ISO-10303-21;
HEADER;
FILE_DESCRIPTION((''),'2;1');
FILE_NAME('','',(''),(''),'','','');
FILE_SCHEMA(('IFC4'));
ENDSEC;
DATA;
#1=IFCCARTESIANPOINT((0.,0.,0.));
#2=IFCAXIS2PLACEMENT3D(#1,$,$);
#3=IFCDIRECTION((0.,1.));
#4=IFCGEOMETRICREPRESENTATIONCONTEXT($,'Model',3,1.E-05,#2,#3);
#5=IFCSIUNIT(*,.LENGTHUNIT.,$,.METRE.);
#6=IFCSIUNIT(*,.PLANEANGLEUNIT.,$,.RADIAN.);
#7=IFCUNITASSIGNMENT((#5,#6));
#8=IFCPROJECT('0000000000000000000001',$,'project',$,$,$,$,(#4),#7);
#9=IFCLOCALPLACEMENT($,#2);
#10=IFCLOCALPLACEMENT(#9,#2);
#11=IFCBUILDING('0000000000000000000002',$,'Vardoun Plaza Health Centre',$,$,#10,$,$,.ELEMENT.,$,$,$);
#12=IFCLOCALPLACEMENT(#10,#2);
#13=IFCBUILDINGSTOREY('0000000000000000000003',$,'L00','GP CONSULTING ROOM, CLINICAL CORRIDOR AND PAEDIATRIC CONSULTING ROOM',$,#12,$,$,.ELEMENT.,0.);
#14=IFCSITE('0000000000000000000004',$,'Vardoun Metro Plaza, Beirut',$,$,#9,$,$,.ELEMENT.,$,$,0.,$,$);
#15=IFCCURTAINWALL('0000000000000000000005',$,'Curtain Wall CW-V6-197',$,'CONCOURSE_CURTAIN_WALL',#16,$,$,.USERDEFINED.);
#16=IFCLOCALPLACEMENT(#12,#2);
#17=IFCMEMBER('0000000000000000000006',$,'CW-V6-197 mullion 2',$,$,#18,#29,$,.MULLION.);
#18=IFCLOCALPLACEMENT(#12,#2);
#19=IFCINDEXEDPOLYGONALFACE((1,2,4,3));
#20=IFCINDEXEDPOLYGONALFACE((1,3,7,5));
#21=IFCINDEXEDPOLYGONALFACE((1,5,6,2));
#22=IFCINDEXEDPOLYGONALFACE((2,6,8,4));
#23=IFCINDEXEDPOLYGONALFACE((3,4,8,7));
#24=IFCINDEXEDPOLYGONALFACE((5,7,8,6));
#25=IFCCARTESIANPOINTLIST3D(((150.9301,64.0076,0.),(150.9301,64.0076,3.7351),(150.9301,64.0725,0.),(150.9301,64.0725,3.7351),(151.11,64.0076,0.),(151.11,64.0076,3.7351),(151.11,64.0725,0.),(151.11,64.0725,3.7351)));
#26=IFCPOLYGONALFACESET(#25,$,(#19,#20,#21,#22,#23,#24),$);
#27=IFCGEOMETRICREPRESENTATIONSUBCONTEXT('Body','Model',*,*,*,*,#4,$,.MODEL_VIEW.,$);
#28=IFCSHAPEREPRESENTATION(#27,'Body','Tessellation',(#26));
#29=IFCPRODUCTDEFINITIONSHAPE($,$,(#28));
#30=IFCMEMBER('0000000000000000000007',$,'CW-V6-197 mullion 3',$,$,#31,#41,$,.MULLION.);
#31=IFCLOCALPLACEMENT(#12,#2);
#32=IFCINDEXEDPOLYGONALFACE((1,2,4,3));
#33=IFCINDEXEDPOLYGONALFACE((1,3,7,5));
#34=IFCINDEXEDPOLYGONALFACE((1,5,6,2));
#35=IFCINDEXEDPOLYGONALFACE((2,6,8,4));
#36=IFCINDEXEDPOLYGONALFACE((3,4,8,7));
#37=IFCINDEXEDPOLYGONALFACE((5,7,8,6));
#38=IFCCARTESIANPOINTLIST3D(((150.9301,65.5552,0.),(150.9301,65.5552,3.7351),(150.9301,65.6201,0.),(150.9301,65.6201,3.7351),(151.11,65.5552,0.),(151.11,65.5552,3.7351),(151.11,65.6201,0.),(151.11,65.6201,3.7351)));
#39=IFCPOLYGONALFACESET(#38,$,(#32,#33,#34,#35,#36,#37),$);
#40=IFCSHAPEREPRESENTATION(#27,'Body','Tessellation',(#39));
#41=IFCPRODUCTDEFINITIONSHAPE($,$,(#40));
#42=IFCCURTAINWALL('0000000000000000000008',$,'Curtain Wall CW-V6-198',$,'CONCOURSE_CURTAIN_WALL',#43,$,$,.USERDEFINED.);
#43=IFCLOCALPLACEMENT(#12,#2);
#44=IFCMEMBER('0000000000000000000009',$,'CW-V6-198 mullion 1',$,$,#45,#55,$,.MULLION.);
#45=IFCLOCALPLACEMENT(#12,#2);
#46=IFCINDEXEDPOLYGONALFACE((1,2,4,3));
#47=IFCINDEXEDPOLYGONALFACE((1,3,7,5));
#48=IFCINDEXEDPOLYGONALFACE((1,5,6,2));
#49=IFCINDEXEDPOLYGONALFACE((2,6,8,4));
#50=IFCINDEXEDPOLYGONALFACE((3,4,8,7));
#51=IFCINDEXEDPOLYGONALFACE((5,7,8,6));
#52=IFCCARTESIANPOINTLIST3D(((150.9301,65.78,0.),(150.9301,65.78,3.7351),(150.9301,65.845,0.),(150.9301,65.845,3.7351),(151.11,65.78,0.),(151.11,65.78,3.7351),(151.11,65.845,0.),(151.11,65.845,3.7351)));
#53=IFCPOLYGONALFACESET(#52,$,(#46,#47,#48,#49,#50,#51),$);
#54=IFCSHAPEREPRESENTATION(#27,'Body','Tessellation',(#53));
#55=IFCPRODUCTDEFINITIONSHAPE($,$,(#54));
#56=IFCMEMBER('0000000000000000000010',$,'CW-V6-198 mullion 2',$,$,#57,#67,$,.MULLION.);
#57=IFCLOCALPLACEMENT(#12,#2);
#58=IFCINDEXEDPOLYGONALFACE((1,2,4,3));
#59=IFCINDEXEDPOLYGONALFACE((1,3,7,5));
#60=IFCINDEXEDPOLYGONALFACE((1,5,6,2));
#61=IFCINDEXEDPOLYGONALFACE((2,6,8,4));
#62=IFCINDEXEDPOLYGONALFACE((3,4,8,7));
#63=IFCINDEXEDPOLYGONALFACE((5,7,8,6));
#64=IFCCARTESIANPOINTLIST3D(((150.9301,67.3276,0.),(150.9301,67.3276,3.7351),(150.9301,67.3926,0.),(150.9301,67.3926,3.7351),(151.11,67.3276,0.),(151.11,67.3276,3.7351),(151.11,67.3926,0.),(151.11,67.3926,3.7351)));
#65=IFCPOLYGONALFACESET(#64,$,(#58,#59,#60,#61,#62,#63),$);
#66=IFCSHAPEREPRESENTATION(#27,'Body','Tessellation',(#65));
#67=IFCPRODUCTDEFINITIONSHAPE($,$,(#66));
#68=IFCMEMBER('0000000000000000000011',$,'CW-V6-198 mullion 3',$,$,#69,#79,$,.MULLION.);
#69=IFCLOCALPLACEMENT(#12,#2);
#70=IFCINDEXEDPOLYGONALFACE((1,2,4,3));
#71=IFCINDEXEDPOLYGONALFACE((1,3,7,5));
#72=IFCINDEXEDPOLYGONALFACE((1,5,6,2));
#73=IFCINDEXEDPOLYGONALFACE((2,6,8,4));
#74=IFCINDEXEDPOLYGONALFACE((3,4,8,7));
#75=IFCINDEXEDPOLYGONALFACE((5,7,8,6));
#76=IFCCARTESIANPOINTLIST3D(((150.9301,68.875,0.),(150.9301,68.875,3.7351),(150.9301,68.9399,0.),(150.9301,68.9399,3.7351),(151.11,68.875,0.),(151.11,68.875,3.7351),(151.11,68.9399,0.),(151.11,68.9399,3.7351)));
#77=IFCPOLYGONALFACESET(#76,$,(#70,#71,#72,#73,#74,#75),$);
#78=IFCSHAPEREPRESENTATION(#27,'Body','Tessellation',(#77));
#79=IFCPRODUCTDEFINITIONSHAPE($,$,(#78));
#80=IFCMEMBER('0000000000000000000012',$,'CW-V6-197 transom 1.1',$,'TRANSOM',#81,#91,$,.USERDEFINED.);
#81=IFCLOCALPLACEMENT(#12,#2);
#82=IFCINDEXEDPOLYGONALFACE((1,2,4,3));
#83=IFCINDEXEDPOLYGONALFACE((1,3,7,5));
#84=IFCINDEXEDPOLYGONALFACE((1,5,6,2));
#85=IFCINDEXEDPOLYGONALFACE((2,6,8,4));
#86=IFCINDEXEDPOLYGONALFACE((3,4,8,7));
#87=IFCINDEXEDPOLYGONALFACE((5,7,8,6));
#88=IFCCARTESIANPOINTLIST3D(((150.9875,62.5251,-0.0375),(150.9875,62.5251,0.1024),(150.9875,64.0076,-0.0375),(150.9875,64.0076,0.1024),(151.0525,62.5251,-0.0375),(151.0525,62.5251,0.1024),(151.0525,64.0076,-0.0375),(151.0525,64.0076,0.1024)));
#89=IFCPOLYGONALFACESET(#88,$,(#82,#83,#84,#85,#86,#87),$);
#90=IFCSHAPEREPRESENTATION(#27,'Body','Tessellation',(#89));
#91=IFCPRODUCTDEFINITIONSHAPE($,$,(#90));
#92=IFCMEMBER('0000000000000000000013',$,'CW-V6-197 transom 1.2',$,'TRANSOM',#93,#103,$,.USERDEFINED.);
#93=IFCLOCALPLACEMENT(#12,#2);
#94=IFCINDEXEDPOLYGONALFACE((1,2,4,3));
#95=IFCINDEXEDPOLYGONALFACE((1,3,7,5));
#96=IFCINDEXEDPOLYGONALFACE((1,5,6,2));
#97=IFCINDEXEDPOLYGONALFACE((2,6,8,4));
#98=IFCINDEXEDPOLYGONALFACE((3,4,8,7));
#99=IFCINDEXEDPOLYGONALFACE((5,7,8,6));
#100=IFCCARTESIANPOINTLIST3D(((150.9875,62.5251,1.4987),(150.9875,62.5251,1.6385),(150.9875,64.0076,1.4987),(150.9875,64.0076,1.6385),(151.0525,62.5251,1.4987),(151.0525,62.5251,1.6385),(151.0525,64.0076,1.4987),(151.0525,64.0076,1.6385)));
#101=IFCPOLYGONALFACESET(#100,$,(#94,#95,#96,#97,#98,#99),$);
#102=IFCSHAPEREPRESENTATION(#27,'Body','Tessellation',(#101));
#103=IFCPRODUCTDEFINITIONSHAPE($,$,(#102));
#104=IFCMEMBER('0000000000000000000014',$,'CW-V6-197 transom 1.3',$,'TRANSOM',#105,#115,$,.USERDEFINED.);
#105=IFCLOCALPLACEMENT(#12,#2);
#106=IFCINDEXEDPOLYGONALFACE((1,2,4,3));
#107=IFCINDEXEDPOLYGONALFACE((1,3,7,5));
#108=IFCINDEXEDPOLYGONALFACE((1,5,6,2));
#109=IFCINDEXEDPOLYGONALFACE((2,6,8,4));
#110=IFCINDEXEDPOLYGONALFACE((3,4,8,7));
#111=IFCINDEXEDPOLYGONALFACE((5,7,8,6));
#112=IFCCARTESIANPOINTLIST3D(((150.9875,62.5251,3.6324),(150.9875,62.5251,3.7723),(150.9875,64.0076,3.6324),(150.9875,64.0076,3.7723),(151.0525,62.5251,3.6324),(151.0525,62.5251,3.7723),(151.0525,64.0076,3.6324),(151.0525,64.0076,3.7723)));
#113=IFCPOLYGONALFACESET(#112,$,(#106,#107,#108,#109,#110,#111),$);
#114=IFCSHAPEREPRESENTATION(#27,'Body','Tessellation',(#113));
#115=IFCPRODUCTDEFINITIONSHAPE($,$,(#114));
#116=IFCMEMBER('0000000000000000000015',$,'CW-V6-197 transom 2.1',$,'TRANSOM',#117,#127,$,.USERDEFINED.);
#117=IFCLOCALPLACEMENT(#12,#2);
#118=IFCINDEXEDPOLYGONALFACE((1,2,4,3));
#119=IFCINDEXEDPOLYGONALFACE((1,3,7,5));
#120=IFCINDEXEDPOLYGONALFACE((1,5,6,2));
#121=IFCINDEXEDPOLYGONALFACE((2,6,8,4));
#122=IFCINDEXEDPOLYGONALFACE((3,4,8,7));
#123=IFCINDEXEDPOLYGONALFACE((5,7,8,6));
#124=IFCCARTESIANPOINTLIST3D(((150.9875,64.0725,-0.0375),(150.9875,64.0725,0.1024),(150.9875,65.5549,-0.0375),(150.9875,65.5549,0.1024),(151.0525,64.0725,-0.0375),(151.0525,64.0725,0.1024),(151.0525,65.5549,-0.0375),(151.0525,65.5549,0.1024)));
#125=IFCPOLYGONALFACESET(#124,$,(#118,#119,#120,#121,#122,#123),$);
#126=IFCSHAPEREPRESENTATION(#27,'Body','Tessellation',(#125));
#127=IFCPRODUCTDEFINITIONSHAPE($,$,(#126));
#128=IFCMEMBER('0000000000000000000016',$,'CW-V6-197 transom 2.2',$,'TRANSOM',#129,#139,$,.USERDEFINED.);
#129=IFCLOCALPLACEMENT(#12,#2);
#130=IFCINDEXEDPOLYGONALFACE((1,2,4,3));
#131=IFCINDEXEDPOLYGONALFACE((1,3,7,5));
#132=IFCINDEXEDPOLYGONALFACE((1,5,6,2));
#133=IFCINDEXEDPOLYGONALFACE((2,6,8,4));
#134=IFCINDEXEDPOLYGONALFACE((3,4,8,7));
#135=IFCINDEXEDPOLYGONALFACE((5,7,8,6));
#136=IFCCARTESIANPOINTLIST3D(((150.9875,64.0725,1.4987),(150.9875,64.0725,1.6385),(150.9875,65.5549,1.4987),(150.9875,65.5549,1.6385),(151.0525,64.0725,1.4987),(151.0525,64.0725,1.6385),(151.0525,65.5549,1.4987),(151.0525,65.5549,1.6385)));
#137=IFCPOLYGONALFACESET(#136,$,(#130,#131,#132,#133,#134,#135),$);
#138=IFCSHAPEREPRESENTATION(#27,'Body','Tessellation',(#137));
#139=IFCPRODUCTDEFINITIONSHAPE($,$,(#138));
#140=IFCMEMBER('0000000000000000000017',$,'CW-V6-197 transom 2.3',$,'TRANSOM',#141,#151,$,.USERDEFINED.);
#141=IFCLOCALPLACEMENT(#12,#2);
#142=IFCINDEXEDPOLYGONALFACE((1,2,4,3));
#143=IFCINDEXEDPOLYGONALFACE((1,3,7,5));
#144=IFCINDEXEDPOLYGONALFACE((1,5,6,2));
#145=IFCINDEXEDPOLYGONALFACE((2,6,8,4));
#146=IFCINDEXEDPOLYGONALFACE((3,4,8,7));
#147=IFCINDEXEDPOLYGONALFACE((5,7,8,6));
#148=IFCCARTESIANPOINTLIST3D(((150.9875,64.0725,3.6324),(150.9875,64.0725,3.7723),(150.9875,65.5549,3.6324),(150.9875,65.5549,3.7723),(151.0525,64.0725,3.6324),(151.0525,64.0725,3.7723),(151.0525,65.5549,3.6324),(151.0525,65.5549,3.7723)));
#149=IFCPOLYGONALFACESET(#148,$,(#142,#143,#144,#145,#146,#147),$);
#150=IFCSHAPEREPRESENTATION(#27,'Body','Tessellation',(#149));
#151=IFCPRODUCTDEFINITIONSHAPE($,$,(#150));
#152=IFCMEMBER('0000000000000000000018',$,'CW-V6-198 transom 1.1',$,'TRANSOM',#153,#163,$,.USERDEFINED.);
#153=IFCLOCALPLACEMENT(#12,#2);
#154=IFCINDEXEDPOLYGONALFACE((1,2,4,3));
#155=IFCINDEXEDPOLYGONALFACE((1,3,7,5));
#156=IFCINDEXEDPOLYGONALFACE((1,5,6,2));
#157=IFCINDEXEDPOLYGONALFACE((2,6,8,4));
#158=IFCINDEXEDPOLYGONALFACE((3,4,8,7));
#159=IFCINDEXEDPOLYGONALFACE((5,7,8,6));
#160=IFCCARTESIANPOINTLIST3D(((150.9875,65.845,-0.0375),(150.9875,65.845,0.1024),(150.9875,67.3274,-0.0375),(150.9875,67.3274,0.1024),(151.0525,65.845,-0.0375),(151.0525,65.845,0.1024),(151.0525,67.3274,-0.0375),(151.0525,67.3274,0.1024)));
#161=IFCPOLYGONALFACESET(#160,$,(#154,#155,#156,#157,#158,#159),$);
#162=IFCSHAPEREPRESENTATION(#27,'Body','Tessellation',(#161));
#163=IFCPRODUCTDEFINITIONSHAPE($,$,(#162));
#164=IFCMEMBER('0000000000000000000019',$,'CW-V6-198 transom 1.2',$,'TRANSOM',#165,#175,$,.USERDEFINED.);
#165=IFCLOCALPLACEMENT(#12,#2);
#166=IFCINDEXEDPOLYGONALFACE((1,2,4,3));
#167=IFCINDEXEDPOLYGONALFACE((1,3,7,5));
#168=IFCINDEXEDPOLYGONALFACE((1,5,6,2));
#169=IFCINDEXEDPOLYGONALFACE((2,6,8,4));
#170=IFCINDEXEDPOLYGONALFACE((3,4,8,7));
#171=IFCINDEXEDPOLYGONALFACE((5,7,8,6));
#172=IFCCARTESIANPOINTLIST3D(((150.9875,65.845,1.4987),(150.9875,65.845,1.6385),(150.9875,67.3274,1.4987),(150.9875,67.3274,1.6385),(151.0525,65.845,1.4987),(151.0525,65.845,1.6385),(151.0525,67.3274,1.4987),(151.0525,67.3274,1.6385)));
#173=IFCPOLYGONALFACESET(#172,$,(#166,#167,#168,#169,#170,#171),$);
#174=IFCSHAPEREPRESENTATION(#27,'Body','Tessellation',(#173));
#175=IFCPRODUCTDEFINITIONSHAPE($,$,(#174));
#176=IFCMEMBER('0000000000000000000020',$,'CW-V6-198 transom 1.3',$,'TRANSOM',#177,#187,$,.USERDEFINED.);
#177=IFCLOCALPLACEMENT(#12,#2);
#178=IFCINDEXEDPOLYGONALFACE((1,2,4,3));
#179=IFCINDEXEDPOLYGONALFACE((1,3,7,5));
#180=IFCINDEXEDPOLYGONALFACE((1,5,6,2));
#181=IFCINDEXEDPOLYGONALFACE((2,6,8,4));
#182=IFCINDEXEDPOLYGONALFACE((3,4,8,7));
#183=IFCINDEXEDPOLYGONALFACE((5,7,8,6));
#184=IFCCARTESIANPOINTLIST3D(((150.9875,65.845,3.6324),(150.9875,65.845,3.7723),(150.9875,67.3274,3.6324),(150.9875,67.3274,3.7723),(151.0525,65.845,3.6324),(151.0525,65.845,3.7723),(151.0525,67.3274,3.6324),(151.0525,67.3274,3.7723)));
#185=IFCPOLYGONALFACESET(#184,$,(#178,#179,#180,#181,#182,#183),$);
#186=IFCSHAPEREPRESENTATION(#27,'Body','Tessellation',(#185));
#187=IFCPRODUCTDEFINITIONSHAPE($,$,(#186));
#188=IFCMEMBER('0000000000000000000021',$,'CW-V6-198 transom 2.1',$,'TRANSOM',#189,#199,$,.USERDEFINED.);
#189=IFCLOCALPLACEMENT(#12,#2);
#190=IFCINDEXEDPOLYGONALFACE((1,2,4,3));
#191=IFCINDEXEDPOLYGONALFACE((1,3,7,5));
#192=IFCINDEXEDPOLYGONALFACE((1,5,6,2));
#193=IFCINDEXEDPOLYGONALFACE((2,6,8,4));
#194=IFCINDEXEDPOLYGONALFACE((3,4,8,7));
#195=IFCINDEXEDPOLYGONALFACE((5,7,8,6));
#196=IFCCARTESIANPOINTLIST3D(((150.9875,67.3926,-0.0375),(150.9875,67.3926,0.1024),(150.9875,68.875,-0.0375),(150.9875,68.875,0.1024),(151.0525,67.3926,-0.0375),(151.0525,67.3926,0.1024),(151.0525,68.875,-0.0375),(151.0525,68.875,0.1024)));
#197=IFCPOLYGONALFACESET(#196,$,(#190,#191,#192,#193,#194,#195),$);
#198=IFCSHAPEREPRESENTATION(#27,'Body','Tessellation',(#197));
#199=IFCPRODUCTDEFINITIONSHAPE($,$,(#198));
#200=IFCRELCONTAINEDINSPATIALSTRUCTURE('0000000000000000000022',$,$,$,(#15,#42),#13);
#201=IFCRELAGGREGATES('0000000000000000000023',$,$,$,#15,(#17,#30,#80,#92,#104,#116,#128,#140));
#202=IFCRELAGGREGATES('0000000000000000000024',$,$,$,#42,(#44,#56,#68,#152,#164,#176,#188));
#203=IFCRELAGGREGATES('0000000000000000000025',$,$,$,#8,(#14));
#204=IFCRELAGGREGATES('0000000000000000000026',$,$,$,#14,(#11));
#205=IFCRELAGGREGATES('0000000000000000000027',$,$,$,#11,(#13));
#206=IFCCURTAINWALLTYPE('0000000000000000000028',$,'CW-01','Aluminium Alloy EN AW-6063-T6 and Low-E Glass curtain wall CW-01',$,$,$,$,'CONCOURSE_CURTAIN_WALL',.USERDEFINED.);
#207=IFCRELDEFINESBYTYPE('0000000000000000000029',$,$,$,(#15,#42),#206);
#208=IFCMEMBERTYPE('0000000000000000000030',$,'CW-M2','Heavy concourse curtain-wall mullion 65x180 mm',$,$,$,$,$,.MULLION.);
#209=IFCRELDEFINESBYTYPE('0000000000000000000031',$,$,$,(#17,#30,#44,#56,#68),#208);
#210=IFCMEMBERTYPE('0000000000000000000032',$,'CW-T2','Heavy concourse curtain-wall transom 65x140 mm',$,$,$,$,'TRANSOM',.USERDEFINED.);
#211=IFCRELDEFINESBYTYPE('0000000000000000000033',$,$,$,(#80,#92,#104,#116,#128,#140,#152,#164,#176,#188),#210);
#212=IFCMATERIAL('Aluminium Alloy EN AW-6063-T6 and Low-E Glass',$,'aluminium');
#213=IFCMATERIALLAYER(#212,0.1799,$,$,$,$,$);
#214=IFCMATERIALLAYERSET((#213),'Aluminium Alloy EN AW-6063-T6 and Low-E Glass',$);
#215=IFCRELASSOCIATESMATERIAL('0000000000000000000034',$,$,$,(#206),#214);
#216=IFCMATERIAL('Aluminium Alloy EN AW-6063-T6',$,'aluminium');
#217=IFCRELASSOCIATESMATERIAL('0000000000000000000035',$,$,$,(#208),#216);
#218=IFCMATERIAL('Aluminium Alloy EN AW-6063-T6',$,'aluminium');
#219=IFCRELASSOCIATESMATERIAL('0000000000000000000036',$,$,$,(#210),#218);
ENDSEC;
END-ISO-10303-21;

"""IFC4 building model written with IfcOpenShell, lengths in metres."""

from ifc_helpers import new_model, si_unit, direction, frame, origin, origin_2d, place, context, subcontext, project, spatial, rectangle, extrude, material, layer, layer_set, material_profile, profile_set, type_object, element, aggregate, save


model = new_model("IFC4")

# Units and contexts
model_context = context("Model", 3, precision=1e-05, world=origin(), true_north=direction((0.0, 1.0)))
body_context = subcontext(model_context, "Body", "Model", "MODEL_VIEW")
ifc_project = project(units=[si_unit("LENGTHUNIT", "METRE"), si_unit("PLANEANGLEUNIT", "RADIAN")], contexts=[model_context])

# Site, building, storey
site_placement = place(None, origin())
site = spatial("IfcSite", under=ifc_project, at=site_placement, Name="Vardoun Metro Plaza, Beirut", CompositionType="ELEMENT", RefElevation=0.0)
building_placement = place(site_placement, origin())
building = spatial("IfcBuilding", under=site, at=building_placement, Name="Vardoun Plaza Health Centre", CompositionType="ELEMENT")
storey_placement = place(building_placement, origin())
storey = spatial("IfcBuildingStorey", under=building, at=storey_placement, Name="L00", Description="GP CONSULTING ROOM, CLINICAL CORRIDOR AND PAEDIATRIC CONSULTING ROOM", CompositionType="ELEMENT", Elevation=0.0)

# Curtain walls, members
ifc_material_1 = material(Name="Aluminium Alloy EN AW-6063-T6 and Low-E Glass", Category="aluminium")
ifc_layer_1 = layer(ifc_material_1, 0.1799)
ifc_layer_set_1 = layer_set([ifc_layer_1], Name="Aluminium Alloy EN AW-6063-T6 and Low-E Glass")
curtain_wall_type = type_object("IfcCurtainWallType", Name="CW-01", Description="Aluminium Alloy EN AW-6063-T6 and Low-E Glass curtain wall CW-01", ElementType="CONCOURSE_CURTAIN_WALL", PredefinedType="USERDEFINED", material=ifc_layer_set_1)
curtain_wall_1_placement = place(storey_placement, origin())
curtain_wall_1 = element("IfcCurtainWall", 1, at=curtain_wall_1_placement, inside=storey, type_object=curtain_wall_type, Name="Curtain Wall CW-V6-197", ObjectType="CONCOURSE_CURTAIN_WALL", PredefinedType="USERDEFINED")
ifc_material_2 = material(Name="Aluminium Alloy EN AW-6063-T6", Category="aluminium")
ifc_material_profile_1 = material_profile(ifc_material_2, rectangle(XDim=0.1799, YDim=0.0649, at=origin_2d()), Name="CWM 65x180")
ifc_profile_set_1 = profile_set([ifc_material_profile_1], Name="Aluminium Alloy EN AW-6063-T6")
member_type_1 = type_object("IfcMemberType", Name="CW-M2", Description="Heavy concourse curtain-wall mullion 65x180 mm", PredefinedType="MULLION", material=ifc_profile_set_1)
member_1_placement = place(storey_placement, frame((151.02, 64.04, 0.0), z_axis=(0.0, 0.0, 1.0), x_axis=(-1.0, 0.0, 0.0)))
member_1 = element("IfcMember", 2, at=member_1_placement, type_object=member_type_1, Name="CW-V6-197 mullion 2", PredefinedType="MULLION", context=body_context, shape_type="SweptSolid", body=[
    extrude(rectangle(XDim=0.1799, YDim=0.0649, at=origin_2d()), origin(), (0.0, 0.0, 1.0), 3.7351),
])
member_2_placement = place(storey_placement, frame((151.02, 65.5876, 0.0), z_axis=(0.0, 0.0, 1.0), x_axis=(-1.0, 0.0, 0.0)))
member_2 = element("IfcMember", 3, at=member_2_placement, type_object=member_type_1, Name="CW-V6-197 mullion 3", PredefinedType="MULLION", context=body_context, shape_type="SweptSolid", body=[
    extrude(rectangle(XDim=0.1799, YDim=0.0649, at=origin_2d()), origin(), (0.0, 0.0, 1.0), 3.7351),
])
curtain_wall_2_placement = place(storey_placement, origin())
curtain_wall_2 = element("IfcCurtainWall", 4, at=curtain_wall_2_placement, inside=storey, type_object=curtain_wall_type, Name="Curtain Wall CW-V6-198", ObjectType="CONCOURSE_CURTAIN_WALL", PredefinedType="USERDEFINED")
member_3_placement = place(storey_placement, frame((151.02, 65.8125, 0.0), z_axis=(0.0, 0.0, 1.0), x_axis=(-1.0, 0.0, 0.0)))
member_3 = element("IfcMember", 5, at=member_3_placement, type_object=member_type_1, Name="CW-V6-198 mullion 1", PredefinedType="MULLION", context=body_context, shape_type="SweptSolid", body=[
    extrude(rectangle(XDim=0.1799, YDim=0.0649, at=origin_2d()), origin(), (0.0, 0.0, 1.0), 3.7351),
])
member_4_placement = place(storey_placement, frame((151.02, 67.3601, 0.0), z_axis=(0.0, 0.0, 1.0), x_axis=(-1.0, 0.0, 0.0)))
member_4 = element("IfcMember", 6, at=member_4_placement, type_object=member_type_1, Name="CW-V6-198 mullion 2", PredefinedType="MULLION", context=body_context, shape_type="SweptSolid", body=[
    extrude(rectangle(XDim=0.1799, YDim=0.0649, at=origin_2d()), origin(), (0.0, 0.0, 1.0), 3.7351),
])
member_5_placement = place(storey_placement, frame((151.02, 68.9075, 0.0), z_axis=(0.0, 0.0, 1.0), x_axis=(-1.0, 0.0, 0.0)))
member_5 = element("IfcMember", 7, at=member_5_placement, type_object=member_type_1, Name="CW-V6-198 mullion 3", PredefinedType="MULLION", context=body_context, shape_type="SweptSolid", body=[
    extrude(rectangle(XDim=0.1799, YDim=0.0649, at=origin_2d()), origin(), (0.0, 0.0, 1.0), 3.7351),
])

# Members
ifc_material_3 = material(Name="Aluminium Alloy EN AW-6063-T6", Category="aluminium")
ifc_material_profile_2 = material_profile(ifc_material_3, rectangle(XDim=0.0649, YDim=0.1399, at=origin_2d()), Name="CWT 65x140")
ifc_profile_set_2 = profile_set([ifc_material_profile_2], Name="Aluminium Alloy EN AW-6063-T6")
member_type_2 = type_object("IfcMemberType", Name="CW-T2", Description="Heavy concourse curtain-wall transom 65x140 mm", ElementType="TRANSOM", PredefinedType="USERDEFINED", material=ifc_profile_set_2)
member_6_placement = place(storey_placement, frame((151.02, 62.5251, 0.0325), z_axis=(0.0, 1.0, 0.0), x_axis=(-1.0, 0.0, 0.0)))
member_6 = element("IfcMember", 8, at=member_6_placement, type_object=member_type_2, Name="CW-V6-197 transom 1.1", ObjectType="TRANSOM", PredefinedType="USERDEFINED", context=body_context, shape_type="SweptSolid", body=[
    extrude(rectangle(XDim=0.0649, YDim=0.1399, at=origin_2d()), origin(), (0.0, 0.0, 1.0), 1.4824),
])
member_7_placement = place(storey_placement, frame((151.02, 62.5251, 1.5686), z_axis=(0.0, 1.0, 0.0), x_axis=(-1.0, 0.0, 0.0)))
member_7 = element("IfcMember", 9, at=member_7_placement, type_object=member_type_2, Name="CW-V6-197 transom 1.2", ObjectType="TRANSOM", PredefinedType="USERDEFINED", context=body_context, shape_type="SweptSolid", body=[
    extrude(rectangle(XDim=0.0649, YDim=0.1399, at=origin_2d()), origin(), (0.0, 0.0, 1.0), 1.4824),
])
member_8_placement = place(storey_placement, frame((151.02, 62.5251, 3.7024), z_axis=(0.0, 1.0, 0.0), x_axis=(-1.0, 0.0, 0.0)))
member_8 = element("IfcMember", 10, at=member_8_placement, type_object=member_type_2, Name="CW-V6-197 transom 1.3", ObjectType="TRANSOM", PredefinedType="USERDEFINED", context=body_context, shape_type="SweptSolid", body=[
    extrude(rectangle(XDim=0.0649, YDim=0.1399, at=origin_2d()), origin(), (0.0, 0.0, 1.0), 1.4824),
])
member_9_placement = place(storey_placement, frame((151.02, 64.0725, 0.0325), z_axis=(0.0, 1.0, 0.0), x_axis=(-1.0, 0.0, 0.0)))
member_9 = element("IfcMember", 11, at=member_9_placement, type_object=member_type_2, Name="CW-V6-197 transom 2.1", ObjectType="TRANSOM", PredefinedType="USERDEFINED", context=body_context, shape_type="SweptSolid", body=[
    extrude(rectangle(XDim=0.0649, YDim=0.1399, at=origin_2d()), origin(), (0.0, 0.0, 1.0), 1.4824),
])
member_10_placement = place(storey_placement, frame((151.02, 64.0725, 1.5686), z_axis=(0.0, 1.0, 0.0), x_axis=(-1.0, 0.0, 0.0)))
member_10 = element("IfcMember", 12, at=member_10_placement, type_object=member_type_2, Name="CW-V6-197 transom 2.2", ObjectType="TRANSOM", PredefinedType="USERDEFINED", context=body_context, shape_type="SweptSolid", body=[
    extrude(rectangle(XDim=0.0649, YDim=0.1399, at=origin_2d()), origin(), (0.0, 0.0, 1.0), 1.4824),
])
member_11_placement = place(storey_placement, frame((151.02, 64.0725, 3.7024), z_axis=(0.0, 1.0, 0.0), x_axis=(-1.0, 0.0, 0.0)))
member_11 = element("IfcMember", 13, at=member_11_placement, type_object=member_type_2, Name="CW-V6-197 transom 2.3", ObjectType="TRANSOM", PredefinedType="USERDEFINED", context=body_context, shape_type="SweptSolid", body=[
    extrude(rectangle(XDim=0.0649, YDim=0.1399, at=origin_2d()), origin(), (0.0, 0.0, 1.0), 1.4824),
])
member_12_placement = place(storey_placement, frame((151.02, 65.845, 0.0325), z_axis=(0.0, 1.0, 0.0), x_axis=(-1.0, 0.0, 0.0)))
member_12 = element("IfcMember", 14, at=member_12_placement, type_object=member_type_2, Name="CW-V6-198 transom 1.1", ObjectType="TRANSOM", PredefinedType="USERDEFINED", context=body_context, shape_type="SweptSolid", body=[
    extrude(rectangle(XDim=0.0649, YDim=0.1399, at=origin_2d()), origin(), (0.0, 0.0, 1.0), 1.4824),
])
member_13_placement = place(storey_placement, frame((151.02, 65.845, 1.5686), z_axis=(0.0, 1.0, 0.0), x_axis=(-1.0, 0.0, 0.0)))
member_13 = element("IfcMember", 15, at=member_13_placement, type_object=member_type_2, Name="CW-V6-198 transom 1.2", ObjectType="TRANSOM", PredefinedType="USERDEFINED", context=body_context, shape_type="SweptSolid", body=[
    extrude(rectangle(XDim=0.0649, YDim=0.1399, at=origin_2d()), origin(), (0.0, 0.0, 1.0), 1.4824),
])
member_14_placement = place(storey_placement, frame((151.02, 65.845, 3.7024), z_axis=(0.0, 1.0, 0.0), x_axis=(-1.0, 0.0, 0.0)))
member_14 = element("IfcMember", 16, at=member_14_placement, type_object=member_type_2, Name="CW-V6-198 transom 1.3", ObjectType="TRANSOM", PredefinedType="USERDEFINED", context=body_context, shape_type="SweptSolid", body=[
    extrude(rectangle(XDim=0.0649, YDim=0.1399, at=origin_2d()), origin(), (0.0, 0.0, 1.0), 1.4824),
])
member_15_placement = place(storey_placement, frame((151.02, 67.3926, 0.0325), z_axis=(0.0, 1.0, 0.0), x_axis=(-1.0, 0.0, 0.0)))
member_15 = element("IfcMember", 17, at=member_15_placement, type_object=member_type_2, Name="CW-V6-198 transom 2.1", ObjectType="TRANSOM", PredefinedType="USERDEFINED", context=body_context, shape_type="SweptSolid", body=[
    extrude(rectangle(XDim=0.0649, YDim=0.1399, at=origin_2d()), origin(), (0.0, 0.0, 1.0), 1.4824),
])

aggregate(curtain_wall_1, [member_1, member_2, member_6, member_7, member_8, member_9, member_10, member_11])
aggregate(curtain_wall_2, [member_3, member_4, member_5, member_12, member_13, member_14, member_15])

save(model, "model.ifc")
